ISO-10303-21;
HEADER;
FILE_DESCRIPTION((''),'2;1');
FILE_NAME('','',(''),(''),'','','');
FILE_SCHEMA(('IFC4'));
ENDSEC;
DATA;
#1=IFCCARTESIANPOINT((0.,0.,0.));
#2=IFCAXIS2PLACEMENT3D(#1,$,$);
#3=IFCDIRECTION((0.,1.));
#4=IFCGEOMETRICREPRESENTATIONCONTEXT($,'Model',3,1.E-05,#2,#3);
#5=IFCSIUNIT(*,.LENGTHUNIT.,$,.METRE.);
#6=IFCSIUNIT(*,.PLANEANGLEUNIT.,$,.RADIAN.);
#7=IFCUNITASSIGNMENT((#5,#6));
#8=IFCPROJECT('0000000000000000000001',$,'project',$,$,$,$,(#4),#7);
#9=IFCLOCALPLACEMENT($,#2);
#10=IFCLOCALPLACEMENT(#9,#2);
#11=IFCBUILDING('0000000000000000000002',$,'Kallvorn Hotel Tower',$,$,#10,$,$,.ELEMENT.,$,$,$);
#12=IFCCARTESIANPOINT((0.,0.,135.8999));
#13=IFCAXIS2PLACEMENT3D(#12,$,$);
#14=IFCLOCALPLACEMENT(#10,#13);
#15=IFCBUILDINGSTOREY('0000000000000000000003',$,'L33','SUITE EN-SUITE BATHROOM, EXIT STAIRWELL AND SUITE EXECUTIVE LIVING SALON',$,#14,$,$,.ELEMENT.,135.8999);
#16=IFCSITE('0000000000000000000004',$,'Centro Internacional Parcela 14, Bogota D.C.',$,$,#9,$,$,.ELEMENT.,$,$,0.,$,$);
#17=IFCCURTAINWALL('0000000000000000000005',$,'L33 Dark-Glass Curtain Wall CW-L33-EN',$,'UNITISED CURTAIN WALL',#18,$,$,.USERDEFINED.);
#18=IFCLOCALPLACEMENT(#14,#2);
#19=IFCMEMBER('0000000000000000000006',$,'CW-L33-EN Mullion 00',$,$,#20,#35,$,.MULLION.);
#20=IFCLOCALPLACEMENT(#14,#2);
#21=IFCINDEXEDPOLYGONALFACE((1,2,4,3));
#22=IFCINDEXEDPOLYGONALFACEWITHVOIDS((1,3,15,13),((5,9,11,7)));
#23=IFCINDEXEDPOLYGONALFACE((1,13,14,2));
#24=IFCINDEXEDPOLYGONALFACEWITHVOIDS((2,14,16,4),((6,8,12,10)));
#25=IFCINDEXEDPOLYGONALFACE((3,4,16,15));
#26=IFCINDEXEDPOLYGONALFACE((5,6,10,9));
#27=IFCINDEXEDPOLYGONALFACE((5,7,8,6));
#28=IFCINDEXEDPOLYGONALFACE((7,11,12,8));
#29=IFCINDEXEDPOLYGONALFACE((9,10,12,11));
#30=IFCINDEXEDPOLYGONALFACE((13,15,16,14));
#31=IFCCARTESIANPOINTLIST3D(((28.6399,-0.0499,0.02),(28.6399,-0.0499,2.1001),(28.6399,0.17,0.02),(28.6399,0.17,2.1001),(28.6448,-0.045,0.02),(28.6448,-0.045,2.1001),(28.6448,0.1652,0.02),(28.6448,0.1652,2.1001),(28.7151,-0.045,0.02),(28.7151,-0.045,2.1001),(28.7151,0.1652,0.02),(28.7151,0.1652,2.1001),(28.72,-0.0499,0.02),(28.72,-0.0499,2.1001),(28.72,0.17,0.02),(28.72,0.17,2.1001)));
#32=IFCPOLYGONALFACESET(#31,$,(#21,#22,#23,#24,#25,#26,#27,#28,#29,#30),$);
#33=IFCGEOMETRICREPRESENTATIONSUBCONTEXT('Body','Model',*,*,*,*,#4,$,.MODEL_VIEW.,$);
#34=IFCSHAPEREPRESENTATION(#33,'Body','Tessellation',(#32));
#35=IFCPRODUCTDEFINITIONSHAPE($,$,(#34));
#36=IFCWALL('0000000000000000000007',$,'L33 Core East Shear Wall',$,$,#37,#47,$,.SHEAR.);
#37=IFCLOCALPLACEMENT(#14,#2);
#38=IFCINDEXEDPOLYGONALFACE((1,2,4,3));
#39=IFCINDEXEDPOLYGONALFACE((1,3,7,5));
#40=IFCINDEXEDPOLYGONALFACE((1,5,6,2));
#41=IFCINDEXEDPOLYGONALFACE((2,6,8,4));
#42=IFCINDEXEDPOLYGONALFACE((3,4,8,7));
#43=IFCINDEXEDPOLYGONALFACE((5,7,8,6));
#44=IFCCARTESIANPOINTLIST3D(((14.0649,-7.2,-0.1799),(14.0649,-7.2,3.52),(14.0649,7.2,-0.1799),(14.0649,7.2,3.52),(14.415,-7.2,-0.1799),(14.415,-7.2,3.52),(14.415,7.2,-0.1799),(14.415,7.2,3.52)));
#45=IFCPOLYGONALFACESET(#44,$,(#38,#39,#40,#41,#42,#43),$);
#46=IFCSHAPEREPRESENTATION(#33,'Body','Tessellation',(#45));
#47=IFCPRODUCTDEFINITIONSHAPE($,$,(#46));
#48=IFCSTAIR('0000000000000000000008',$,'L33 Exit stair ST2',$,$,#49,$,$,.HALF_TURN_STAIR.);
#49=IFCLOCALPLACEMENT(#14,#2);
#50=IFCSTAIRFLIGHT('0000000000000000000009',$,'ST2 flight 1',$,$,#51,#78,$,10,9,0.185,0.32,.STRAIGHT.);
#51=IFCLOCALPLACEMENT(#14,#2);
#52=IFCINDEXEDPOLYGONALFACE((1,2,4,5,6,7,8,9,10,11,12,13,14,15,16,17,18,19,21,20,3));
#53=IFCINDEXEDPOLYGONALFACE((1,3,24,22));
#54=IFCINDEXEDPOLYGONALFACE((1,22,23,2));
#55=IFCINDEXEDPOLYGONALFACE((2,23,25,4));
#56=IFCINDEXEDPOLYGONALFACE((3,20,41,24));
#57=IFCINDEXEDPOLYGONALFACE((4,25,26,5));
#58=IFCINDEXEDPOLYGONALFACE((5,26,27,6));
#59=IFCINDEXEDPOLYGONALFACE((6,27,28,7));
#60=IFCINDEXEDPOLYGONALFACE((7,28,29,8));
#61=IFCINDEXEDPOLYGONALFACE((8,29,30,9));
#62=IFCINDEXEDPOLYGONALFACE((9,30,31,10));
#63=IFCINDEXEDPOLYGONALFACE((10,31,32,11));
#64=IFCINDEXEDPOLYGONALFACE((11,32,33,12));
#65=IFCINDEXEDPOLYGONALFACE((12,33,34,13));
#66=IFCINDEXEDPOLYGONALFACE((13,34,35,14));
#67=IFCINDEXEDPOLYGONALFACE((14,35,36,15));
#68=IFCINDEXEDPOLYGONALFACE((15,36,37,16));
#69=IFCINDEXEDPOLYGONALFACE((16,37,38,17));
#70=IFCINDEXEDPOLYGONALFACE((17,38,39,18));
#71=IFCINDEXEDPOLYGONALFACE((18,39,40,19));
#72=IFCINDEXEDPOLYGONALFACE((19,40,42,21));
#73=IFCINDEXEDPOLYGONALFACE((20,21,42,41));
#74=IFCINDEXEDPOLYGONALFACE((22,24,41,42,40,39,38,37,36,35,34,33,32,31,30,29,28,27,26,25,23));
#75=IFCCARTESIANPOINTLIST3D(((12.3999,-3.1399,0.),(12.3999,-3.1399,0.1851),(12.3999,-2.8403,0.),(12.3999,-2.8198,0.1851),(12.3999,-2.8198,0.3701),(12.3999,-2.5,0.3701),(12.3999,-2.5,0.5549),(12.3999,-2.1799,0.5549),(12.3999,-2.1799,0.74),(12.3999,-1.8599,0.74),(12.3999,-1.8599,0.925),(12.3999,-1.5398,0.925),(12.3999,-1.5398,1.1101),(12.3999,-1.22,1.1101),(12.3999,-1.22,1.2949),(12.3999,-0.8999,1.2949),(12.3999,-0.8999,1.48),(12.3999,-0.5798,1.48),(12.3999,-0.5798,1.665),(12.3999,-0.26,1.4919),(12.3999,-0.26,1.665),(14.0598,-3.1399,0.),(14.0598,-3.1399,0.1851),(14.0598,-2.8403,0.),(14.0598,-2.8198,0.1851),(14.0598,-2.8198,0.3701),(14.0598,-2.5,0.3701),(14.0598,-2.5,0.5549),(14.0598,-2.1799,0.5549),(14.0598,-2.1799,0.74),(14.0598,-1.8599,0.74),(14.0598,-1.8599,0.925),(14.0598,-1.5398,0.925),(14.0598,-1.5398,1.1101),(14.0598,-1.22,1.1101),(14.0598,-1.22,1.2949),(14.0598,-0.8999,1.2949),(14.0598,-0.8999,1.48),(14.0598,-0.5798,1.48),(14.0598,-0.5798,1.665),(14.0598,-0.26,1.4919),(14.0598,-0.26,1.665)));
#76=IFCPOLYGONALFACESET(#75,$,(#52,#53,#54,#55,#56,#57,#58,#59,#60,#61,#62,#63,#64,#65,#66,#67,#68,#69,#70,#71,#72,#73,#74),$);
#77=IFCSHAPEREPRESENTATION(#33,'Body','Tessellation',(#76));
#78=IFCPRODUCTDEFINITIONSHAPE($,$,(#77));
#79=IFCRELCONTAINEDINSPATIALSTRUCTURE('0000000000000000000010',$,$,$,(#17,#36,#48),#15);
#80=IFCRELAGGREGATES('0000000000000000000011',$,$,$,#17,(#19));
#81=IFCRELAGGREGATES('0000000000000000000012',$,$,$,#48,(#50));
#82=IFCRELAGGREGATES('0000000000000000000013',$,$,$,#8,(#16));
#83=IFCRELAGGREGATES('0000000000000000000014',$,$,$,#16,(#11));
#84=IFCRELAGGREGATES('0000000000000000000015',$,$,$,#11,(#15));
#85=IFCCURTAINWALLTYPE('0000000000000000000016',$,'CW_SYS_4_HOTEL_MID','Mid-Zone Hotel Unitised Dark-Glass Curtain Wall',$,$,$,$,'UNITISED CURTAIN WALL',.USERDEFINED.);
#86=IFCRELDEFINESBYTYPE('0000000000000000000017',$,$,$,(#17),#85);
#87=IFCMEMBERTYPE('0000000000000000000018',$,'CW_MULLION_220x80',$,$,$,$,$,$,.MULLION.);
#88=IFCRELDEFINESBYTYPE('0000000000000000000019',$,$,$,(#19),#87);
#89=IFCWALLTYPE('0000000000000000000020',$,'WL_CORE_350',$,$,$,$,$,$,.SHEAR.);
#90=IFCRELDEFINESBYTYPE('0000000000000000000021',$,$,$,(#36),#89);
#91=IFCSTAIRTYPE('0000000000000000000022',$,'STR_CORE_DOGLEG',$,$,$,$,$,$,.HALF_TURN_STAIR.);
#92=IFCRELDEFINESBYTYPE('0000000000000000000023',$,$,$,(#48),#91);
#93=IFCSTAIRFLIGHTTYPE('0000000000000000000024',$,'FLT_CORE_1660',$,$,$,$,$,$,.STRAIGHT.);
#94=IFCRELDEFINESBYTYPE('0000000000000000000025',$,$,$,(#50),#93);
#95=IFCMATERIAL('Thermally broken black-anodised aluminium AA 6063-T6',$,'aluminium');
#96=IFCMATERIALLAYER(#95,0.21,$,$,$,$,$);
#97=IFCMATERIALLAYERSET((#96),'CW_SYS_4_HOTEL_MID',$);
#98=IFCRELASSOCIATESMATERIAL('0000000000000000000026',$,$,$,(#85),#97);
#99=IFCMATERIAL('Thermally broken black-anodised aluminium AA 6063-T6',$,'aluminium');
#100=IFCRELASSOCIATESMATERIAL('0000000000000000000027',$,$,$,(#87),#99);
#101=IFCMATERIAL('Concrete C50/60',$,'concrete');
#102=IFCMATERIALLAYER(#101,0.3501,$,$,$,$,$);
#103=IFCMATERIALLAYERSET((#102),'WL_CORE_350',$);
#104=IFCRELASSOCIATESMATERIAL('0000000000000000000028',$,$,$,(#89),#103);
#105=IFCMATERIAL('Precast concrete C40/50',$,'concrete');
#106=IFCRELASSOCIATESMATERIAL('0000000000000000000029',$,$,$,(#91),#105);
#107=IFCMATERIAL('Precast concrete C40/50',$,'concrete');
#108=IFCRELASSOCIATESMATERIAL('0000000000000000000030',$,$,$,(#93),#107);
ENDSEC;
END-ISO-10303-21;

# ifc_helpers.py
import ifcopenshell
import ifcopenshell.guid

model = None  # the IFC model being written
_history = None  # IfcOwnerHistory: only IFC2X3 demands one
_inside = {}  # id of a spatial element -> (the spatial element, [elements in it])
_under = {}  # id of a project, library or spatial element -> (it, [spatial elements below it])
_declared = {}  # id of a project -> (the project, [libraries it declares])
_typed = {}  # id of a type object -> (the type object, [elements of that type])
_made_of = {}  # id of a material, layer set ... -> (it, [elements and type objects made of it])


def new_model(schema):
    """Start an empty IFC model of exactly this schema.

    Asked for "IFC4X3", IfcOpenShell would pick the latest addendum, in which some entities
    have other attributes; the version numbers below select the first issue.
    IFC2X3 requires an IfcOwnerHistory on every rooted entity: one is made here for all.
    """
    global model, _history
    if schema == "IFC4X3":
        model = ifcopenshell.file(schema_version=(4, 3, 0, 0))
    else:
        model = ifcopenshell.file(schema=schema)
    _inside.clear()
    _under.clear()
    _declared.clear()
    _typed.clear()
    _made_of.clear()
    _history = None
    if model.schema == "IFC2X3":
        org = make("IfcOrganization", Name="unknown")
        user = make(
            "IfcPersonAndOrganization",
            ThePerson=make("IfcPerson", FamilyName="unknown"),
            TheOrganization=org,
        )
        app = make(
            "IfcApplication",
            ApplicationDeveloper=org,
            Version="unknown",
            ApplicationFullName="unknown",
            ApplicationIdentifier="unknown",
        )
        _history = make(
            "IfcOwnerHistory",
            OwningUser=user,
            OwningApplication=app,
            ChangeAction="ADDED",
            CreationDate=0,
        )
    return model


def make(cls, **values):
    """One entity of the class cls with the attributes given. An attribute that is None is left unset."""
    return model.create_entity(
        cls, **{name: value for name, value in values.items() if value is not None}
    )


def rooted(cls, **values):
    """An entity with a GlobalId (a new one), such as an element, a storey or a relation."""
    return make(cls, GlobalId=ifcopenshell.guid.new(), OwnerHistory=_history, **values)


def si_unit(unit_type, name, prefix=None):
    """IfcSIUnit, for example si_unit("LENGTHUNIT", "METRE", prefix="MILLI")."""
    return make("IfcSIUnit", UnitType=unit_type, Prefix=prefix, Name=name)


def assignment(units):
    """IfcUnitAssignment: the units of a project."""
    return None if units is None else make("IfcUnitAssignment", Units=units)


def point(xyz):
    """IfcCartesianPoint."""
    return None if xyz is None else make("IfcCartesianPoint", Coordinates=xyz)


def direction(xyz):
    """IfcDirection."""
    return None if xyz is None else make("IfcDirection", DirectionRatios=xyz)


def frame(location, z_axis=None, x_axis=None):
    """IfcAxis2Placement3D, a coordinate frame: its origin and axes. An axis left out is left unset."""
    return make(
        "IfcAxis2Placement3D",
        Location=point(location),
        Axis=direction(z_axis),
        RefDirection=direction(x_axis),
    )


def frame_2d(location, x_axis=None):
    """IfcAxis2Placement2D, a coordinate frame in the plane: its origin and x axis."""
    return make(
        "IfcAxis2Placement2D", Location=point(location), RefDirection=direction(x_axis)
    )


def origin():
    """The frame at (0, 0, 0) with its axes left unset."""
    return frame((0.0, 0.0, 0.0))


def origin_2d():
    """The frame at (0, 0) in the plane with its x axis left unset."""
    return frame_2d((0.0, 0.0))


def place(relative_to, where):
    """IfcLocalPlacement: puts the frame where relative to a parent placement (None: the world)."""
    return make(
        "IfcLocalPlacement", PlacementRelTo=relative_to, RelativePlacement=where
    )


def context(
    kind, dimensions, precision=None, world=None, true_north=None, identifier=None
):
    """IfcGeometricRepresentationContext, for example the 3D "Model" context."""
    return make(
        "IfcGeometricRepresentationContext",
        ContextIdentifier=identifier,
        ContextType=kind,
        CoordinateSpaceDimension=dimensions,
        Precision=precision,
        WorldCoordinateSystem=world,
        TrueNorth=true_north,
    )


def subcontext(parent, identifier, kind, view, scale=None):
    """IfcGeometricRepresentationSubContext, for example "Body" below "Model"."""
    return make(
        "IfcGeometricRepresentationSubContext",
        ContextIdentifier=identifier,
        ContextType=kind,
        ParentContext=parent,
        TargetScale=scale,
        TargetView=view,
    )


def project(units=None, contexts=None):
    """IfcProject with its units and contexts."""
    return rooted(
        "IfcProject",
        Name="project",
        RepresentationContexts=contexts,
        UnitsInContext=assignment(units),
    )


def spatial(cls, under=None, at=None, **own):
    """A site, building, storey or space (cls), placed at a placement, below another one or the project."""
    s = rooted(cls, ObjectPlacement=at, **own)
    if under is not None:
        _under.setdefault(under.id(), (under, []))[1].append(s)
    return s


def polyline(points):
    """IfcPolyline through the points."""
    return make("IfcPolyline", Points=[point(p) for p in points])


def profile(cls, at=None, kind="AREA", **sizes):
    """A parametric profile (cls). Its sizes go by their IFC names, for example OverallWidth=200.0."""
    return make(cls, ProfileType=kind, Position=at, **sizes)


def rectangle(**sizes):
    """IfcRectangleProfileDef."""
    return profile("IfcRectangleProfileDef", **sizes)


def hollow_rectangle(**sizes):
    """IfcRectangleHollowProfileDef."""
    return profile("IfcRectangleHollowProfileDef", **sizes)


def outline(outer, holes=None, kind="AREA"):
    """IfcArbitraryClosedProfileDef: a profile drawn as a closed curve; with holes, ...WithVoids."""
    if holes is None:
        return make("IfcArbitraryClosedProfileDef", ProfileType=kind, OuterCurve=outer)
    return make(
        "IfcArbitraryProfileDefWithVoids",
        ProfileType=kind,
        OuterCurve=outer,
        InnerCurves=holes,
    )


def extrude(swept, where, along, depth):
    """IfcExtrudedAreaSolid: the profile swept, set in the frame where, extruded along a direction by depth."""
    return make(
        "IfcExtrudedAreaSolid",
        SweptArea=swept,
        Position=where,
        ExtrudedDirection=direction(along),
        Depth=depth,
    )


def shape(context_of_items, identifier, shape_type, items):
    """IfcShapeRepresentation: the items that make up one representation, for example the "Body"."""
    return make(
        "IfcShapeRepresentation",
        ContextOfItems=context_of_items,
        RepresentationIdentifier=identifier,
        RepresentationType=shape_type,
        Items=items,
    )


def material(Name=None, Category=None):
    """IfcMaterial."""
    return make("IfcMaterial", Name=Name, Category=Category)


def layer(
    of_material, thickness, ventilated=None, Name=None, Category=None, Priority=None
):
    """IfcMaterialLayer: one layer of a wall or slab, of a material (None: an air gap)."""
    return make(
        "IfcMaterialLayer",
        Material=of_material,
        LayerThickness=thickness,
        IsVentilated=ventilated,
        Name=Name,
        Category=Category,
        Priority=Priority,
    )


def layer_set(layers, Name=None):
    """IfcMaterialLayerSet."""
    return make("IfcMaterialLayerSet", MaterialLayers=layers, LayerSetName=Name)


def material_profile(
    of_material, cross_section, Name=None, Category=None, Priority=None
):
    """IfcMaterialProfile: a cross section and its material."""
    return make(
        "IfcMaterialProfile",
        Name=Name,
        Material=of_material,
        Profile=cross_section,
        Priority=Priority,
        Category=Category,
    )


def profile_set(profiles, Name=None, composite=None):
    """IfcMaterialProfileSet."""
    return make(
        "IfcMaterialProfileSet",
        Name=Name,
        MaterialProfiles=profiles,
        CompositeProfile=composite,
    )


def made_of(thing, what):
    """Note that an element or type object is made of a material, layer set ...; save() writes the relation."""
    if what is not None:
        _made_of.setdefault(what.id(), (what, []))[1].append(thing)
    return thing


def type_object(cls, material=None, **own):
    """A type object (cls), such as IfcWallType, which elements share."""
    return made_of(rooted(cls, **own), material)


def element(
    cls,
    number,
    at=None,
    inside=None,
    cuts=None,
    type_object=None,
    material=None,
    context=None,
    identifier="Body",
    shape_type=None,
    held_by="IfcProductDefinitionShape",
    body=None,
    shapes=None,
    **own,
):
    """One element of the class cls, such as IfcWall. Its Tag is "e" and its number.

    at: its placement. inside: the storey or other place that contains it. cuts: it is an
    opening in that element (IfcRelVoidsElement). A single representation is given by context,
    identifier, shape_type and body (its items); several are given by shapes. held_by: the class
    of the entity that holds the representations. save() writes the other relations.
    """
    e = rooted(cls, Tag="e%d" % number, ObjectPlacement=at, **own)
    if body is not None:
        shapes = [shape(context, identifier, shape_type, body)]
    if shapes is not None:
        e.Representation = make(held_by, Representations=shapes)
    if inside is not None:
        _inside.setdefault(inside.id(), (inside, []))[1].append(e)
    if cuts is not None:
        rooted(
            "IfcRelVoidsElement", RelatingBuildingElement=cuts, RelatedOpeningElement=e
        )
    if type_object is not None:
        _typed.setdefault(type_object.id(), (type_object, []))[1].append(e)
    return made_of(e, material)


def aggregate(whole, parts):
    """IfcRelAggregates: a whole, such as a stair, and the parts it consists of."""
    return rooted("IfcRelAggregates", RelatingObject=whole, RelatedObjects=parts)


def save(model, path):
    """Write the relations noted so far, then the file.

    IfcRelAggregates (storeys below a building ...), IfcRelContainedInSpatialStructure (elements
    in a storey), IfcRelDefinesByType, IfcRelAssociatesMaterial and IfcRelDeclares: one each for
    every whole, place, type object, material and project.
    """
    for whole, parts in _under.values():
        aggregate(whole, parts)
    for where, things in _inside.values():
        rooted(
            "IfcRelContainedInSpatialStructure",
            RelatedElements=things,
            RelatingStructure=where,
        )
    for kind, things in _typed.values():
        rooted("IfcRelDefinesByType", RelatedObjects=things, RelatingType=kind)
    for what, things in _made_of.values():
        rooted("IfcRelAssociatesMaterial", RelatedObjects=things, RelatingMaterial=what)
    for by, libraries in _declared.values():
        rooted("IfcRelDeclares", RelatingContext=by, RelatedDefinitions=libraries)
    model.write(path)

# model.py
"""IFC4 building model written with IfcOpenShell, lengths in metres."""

from ifc_helpers import new_model, si_unit, direction, frame, frame_2d, origin, origin_2d, place, context, subcontext, project, spatial, polyline, rectangle, hollow_rectangle, outline, extrude, material, layer, layer_set, material_profile, profile_set, type_object, element, aggregate, save


model = new_model("IFC4")

# Units and contexts
model_context = context("Model", 3, precision=1e-05, world=origin(), true_north=direction((0.0, 1.0)))
body_context = subcontext(model_context, "Body", "Model", "MODEL_VIEW")
ifc_project = project(units=[si_unit("LENGTHUNIT", "METRE"), si_unit("PLANEANGLEUNIT", "RADIAN")], contexts=[model_context])

# Site, building, storey
site_placement = place(None, origin())
site = spatial("IfcSite", under=ifc_project, at=site_placement, Name="Centro Internacional Parcela 14, Bogota D.C.", CompositionType="ELEMENT", RefElevation=0.0)
building_placement = place(site_placement, origin())
building = spatial("IfcBuilding", under=site, at=building_placement, Name="Kallvorn Hotel Tower", CompositionType="ELEMENT")
storey_placement = place(building_placement, frame((0.0, 0.0, 135.8999)))
storey = spatial("IfcBuildingStorey", under=building, at=storey_placement, Name="L33", Description="SUITE EN-SUITE BATHROOM, EXIT STAIRWELL AND SUITE EXECUTIVE LIVING SALON", CompositionType="ELEMENT", Elevation=135.8999)

# Curtain wall, member
ifc_material_1 = material(Name="Thermally broken black-anodised aluminium AA 6063-T6", Category="aluminium")
ifc_layer_1 = layer(ifc_material_1, 0.21)
ifc_layer_set_1 = layer_set([ifc_layer_1], Name="CW_SYS_4_HOTEL_MID")
curtain_wall_type = type_object("IfcCurtainWallType", Name="CW_SYS_4_HOTEL_MID", Description="Mid-Zone Hotel Unitised Dark-Glass Curtain Wall", ElementType="UNITISED CURTAIN WALL", PredefinedType="USERDEFINED", material=ifc_layer_set_1)
curtain_wall_placement = place(storey_placement, origin())
curtain_wall = element("IfcCurtainWall", 1, at=curtain_wall_placement, inside=storey, type_object=curtain_wall_type, Name="L33 Dark-Glass Curtain Wall CW-L33-EN", ObjectType="UNITISED CURTAIN WALL", PredefinedType="USERDEFINED")
ifc_material_2 = material(Name="Thermally broken black-anodised aluminium AA 6063-T6", Category="aluminium")
ifc_material_profile_1 = material_profile(ifc_material_2, hollow_rectangle(XDim=0.0801, YDim=0.22, WallThickness=0.0049, at=origin_2d()), Name="MUL 220x80")
ifc_profile_set_1 = profile_set([ifc_material_profile_1], Name="Thermally broken black-anodised aluminium AA 6063-T6")
member_type = type_object("IfcMemberType", Name="CW_MULLION_220x80", PredefinedType="MULLION", material=ifc_profile_set_1)
member_placement = place(storey_placement, frame((28.6799, 0.0601, 0.02), z_axis=(0.0, 0.0, 1.0), x_axis=(1.0, 0.0, 0.0)))
member = element("IfcMember", 2, at=member_placement, type_object=member_type, Name="CW-L33-EN Mullion 00", PredefinedType="MULLION", context=body_context, shape_type="SweptSolid", body=[
    extrude(hollow_rectangle(XDim=0.0801, YDim=0.22, WallThickness=0.0049, at=origin_2d()), origin(), (0.0, 0.0, 1.0), 2.0801),
])
aggregate(curtain_wall, [member])

# Wall
ifc_material_3 = material(Name="Concrete C50/60", Category="concrete")
ifc_layer_2 = layer(ifc_material_3, 0.3501)
ifc_layer_set_2 = layer_set([ifc_layer_2], Name="WL_CORE_350")
wall_type = type_object("IfcWallType", Name="WL_CORE_350", PredefinedType="SHEAR", material=ifc_layer_set_2)
wall_placement = place(storey_placement, frame((14.24, -7.2, -0.1799), z_axis=(0.0, 0.0, 1.0), x_axis=(0.0, 1.0, 0.0)))
element("IfcWall", 3, at=wall_placement, inside=storey, type_object=wall_type, Name="L33 Core East Shear Wall", PredefinedType="SHEAR", context=body_context, shape_type="SweptSolid", body=[
    extrude(rectangle(XDim=14.3999, YDim=0.3501, at=frame_2d((7.2, 0.0))), origin(), (0.0, 0.0, 1.0), 3.7),
])

# Stair, stair flight
ifc_material_4 = material(Name="Precast concrete C40/50", Category="concrete")
stair_type = type_object("IfcStairType", Name="STR_CORE_DOGLEG", PredefinedType="HALF_TURN_STAIR", material=ifc_material_4)
stair_placement = place(storey_placement, origin())
stair = element("IfcStair", 4, at=stair_placement, inside=storey, type_object=stair_type, Name="L33 Exit stair ST2", PredefinedType="HALF_TURN_STAIR")
ifc_material_5 = material(Name="Precast concrete C40/50", Category="concrete")
stair_flight_type = type_object("IfcStairFlightType", Name="FLT_CORE_1660", PredefinedType="STRAIGHT", material=ifc_material_5)
stair_flight_placement = place(storey_placement, frame((13.23, -3.1399, 0.0), z_axis=(0.0, 0.0, 1.0), x_axis=(0.0, 1.0, 0.0)))
stair_flight = element("IfcStairFlight", 5, at=stair_flight_placement, type_object=stair_flight_type, Name="ST2 flight 1", NumberOfRisers=10, NumberOfTreads=9, PredefinedType="STRAIGHT", RiserHeight=0.185, TreadLength=0.32, context=body_context, shape_type="SweptSolid", body=[
    extrude(outline(polyline([(0.0, 0.0), (0.0, 0.1851), (0.3201, 0.1851), (0.3201, 0.3701), (0.6399, 0.3701), (0.6399, 0.5549), (0.96, 0.5549), (0.96, 0.74), (1.28, 0.74), (1.28, 0.925), (1.6001, 0.925), (1.6001, 1.1101), (1.9199, 1.1101), (1.9199, 1.2949), (2.24, 1.2949), (2.24, 1.48), (2.5601, 1.48), (2.5601, 1.665), (2.8799, 1.665), (2.8799, 1.8501), (2.8799, 1.4919), (0.2996, 0.0), (0.0, 0.0)])), frame((0.0, 0.8301, 0.0), z_axis=(0.0, -1.0, 0.0), x_axis=(1.0, 0.0, 0.0)), (0.0, 0.0, 1.0), 1.6599),
])
aggregate(stair, [stair_flight])

save(model, "model.ifc")
